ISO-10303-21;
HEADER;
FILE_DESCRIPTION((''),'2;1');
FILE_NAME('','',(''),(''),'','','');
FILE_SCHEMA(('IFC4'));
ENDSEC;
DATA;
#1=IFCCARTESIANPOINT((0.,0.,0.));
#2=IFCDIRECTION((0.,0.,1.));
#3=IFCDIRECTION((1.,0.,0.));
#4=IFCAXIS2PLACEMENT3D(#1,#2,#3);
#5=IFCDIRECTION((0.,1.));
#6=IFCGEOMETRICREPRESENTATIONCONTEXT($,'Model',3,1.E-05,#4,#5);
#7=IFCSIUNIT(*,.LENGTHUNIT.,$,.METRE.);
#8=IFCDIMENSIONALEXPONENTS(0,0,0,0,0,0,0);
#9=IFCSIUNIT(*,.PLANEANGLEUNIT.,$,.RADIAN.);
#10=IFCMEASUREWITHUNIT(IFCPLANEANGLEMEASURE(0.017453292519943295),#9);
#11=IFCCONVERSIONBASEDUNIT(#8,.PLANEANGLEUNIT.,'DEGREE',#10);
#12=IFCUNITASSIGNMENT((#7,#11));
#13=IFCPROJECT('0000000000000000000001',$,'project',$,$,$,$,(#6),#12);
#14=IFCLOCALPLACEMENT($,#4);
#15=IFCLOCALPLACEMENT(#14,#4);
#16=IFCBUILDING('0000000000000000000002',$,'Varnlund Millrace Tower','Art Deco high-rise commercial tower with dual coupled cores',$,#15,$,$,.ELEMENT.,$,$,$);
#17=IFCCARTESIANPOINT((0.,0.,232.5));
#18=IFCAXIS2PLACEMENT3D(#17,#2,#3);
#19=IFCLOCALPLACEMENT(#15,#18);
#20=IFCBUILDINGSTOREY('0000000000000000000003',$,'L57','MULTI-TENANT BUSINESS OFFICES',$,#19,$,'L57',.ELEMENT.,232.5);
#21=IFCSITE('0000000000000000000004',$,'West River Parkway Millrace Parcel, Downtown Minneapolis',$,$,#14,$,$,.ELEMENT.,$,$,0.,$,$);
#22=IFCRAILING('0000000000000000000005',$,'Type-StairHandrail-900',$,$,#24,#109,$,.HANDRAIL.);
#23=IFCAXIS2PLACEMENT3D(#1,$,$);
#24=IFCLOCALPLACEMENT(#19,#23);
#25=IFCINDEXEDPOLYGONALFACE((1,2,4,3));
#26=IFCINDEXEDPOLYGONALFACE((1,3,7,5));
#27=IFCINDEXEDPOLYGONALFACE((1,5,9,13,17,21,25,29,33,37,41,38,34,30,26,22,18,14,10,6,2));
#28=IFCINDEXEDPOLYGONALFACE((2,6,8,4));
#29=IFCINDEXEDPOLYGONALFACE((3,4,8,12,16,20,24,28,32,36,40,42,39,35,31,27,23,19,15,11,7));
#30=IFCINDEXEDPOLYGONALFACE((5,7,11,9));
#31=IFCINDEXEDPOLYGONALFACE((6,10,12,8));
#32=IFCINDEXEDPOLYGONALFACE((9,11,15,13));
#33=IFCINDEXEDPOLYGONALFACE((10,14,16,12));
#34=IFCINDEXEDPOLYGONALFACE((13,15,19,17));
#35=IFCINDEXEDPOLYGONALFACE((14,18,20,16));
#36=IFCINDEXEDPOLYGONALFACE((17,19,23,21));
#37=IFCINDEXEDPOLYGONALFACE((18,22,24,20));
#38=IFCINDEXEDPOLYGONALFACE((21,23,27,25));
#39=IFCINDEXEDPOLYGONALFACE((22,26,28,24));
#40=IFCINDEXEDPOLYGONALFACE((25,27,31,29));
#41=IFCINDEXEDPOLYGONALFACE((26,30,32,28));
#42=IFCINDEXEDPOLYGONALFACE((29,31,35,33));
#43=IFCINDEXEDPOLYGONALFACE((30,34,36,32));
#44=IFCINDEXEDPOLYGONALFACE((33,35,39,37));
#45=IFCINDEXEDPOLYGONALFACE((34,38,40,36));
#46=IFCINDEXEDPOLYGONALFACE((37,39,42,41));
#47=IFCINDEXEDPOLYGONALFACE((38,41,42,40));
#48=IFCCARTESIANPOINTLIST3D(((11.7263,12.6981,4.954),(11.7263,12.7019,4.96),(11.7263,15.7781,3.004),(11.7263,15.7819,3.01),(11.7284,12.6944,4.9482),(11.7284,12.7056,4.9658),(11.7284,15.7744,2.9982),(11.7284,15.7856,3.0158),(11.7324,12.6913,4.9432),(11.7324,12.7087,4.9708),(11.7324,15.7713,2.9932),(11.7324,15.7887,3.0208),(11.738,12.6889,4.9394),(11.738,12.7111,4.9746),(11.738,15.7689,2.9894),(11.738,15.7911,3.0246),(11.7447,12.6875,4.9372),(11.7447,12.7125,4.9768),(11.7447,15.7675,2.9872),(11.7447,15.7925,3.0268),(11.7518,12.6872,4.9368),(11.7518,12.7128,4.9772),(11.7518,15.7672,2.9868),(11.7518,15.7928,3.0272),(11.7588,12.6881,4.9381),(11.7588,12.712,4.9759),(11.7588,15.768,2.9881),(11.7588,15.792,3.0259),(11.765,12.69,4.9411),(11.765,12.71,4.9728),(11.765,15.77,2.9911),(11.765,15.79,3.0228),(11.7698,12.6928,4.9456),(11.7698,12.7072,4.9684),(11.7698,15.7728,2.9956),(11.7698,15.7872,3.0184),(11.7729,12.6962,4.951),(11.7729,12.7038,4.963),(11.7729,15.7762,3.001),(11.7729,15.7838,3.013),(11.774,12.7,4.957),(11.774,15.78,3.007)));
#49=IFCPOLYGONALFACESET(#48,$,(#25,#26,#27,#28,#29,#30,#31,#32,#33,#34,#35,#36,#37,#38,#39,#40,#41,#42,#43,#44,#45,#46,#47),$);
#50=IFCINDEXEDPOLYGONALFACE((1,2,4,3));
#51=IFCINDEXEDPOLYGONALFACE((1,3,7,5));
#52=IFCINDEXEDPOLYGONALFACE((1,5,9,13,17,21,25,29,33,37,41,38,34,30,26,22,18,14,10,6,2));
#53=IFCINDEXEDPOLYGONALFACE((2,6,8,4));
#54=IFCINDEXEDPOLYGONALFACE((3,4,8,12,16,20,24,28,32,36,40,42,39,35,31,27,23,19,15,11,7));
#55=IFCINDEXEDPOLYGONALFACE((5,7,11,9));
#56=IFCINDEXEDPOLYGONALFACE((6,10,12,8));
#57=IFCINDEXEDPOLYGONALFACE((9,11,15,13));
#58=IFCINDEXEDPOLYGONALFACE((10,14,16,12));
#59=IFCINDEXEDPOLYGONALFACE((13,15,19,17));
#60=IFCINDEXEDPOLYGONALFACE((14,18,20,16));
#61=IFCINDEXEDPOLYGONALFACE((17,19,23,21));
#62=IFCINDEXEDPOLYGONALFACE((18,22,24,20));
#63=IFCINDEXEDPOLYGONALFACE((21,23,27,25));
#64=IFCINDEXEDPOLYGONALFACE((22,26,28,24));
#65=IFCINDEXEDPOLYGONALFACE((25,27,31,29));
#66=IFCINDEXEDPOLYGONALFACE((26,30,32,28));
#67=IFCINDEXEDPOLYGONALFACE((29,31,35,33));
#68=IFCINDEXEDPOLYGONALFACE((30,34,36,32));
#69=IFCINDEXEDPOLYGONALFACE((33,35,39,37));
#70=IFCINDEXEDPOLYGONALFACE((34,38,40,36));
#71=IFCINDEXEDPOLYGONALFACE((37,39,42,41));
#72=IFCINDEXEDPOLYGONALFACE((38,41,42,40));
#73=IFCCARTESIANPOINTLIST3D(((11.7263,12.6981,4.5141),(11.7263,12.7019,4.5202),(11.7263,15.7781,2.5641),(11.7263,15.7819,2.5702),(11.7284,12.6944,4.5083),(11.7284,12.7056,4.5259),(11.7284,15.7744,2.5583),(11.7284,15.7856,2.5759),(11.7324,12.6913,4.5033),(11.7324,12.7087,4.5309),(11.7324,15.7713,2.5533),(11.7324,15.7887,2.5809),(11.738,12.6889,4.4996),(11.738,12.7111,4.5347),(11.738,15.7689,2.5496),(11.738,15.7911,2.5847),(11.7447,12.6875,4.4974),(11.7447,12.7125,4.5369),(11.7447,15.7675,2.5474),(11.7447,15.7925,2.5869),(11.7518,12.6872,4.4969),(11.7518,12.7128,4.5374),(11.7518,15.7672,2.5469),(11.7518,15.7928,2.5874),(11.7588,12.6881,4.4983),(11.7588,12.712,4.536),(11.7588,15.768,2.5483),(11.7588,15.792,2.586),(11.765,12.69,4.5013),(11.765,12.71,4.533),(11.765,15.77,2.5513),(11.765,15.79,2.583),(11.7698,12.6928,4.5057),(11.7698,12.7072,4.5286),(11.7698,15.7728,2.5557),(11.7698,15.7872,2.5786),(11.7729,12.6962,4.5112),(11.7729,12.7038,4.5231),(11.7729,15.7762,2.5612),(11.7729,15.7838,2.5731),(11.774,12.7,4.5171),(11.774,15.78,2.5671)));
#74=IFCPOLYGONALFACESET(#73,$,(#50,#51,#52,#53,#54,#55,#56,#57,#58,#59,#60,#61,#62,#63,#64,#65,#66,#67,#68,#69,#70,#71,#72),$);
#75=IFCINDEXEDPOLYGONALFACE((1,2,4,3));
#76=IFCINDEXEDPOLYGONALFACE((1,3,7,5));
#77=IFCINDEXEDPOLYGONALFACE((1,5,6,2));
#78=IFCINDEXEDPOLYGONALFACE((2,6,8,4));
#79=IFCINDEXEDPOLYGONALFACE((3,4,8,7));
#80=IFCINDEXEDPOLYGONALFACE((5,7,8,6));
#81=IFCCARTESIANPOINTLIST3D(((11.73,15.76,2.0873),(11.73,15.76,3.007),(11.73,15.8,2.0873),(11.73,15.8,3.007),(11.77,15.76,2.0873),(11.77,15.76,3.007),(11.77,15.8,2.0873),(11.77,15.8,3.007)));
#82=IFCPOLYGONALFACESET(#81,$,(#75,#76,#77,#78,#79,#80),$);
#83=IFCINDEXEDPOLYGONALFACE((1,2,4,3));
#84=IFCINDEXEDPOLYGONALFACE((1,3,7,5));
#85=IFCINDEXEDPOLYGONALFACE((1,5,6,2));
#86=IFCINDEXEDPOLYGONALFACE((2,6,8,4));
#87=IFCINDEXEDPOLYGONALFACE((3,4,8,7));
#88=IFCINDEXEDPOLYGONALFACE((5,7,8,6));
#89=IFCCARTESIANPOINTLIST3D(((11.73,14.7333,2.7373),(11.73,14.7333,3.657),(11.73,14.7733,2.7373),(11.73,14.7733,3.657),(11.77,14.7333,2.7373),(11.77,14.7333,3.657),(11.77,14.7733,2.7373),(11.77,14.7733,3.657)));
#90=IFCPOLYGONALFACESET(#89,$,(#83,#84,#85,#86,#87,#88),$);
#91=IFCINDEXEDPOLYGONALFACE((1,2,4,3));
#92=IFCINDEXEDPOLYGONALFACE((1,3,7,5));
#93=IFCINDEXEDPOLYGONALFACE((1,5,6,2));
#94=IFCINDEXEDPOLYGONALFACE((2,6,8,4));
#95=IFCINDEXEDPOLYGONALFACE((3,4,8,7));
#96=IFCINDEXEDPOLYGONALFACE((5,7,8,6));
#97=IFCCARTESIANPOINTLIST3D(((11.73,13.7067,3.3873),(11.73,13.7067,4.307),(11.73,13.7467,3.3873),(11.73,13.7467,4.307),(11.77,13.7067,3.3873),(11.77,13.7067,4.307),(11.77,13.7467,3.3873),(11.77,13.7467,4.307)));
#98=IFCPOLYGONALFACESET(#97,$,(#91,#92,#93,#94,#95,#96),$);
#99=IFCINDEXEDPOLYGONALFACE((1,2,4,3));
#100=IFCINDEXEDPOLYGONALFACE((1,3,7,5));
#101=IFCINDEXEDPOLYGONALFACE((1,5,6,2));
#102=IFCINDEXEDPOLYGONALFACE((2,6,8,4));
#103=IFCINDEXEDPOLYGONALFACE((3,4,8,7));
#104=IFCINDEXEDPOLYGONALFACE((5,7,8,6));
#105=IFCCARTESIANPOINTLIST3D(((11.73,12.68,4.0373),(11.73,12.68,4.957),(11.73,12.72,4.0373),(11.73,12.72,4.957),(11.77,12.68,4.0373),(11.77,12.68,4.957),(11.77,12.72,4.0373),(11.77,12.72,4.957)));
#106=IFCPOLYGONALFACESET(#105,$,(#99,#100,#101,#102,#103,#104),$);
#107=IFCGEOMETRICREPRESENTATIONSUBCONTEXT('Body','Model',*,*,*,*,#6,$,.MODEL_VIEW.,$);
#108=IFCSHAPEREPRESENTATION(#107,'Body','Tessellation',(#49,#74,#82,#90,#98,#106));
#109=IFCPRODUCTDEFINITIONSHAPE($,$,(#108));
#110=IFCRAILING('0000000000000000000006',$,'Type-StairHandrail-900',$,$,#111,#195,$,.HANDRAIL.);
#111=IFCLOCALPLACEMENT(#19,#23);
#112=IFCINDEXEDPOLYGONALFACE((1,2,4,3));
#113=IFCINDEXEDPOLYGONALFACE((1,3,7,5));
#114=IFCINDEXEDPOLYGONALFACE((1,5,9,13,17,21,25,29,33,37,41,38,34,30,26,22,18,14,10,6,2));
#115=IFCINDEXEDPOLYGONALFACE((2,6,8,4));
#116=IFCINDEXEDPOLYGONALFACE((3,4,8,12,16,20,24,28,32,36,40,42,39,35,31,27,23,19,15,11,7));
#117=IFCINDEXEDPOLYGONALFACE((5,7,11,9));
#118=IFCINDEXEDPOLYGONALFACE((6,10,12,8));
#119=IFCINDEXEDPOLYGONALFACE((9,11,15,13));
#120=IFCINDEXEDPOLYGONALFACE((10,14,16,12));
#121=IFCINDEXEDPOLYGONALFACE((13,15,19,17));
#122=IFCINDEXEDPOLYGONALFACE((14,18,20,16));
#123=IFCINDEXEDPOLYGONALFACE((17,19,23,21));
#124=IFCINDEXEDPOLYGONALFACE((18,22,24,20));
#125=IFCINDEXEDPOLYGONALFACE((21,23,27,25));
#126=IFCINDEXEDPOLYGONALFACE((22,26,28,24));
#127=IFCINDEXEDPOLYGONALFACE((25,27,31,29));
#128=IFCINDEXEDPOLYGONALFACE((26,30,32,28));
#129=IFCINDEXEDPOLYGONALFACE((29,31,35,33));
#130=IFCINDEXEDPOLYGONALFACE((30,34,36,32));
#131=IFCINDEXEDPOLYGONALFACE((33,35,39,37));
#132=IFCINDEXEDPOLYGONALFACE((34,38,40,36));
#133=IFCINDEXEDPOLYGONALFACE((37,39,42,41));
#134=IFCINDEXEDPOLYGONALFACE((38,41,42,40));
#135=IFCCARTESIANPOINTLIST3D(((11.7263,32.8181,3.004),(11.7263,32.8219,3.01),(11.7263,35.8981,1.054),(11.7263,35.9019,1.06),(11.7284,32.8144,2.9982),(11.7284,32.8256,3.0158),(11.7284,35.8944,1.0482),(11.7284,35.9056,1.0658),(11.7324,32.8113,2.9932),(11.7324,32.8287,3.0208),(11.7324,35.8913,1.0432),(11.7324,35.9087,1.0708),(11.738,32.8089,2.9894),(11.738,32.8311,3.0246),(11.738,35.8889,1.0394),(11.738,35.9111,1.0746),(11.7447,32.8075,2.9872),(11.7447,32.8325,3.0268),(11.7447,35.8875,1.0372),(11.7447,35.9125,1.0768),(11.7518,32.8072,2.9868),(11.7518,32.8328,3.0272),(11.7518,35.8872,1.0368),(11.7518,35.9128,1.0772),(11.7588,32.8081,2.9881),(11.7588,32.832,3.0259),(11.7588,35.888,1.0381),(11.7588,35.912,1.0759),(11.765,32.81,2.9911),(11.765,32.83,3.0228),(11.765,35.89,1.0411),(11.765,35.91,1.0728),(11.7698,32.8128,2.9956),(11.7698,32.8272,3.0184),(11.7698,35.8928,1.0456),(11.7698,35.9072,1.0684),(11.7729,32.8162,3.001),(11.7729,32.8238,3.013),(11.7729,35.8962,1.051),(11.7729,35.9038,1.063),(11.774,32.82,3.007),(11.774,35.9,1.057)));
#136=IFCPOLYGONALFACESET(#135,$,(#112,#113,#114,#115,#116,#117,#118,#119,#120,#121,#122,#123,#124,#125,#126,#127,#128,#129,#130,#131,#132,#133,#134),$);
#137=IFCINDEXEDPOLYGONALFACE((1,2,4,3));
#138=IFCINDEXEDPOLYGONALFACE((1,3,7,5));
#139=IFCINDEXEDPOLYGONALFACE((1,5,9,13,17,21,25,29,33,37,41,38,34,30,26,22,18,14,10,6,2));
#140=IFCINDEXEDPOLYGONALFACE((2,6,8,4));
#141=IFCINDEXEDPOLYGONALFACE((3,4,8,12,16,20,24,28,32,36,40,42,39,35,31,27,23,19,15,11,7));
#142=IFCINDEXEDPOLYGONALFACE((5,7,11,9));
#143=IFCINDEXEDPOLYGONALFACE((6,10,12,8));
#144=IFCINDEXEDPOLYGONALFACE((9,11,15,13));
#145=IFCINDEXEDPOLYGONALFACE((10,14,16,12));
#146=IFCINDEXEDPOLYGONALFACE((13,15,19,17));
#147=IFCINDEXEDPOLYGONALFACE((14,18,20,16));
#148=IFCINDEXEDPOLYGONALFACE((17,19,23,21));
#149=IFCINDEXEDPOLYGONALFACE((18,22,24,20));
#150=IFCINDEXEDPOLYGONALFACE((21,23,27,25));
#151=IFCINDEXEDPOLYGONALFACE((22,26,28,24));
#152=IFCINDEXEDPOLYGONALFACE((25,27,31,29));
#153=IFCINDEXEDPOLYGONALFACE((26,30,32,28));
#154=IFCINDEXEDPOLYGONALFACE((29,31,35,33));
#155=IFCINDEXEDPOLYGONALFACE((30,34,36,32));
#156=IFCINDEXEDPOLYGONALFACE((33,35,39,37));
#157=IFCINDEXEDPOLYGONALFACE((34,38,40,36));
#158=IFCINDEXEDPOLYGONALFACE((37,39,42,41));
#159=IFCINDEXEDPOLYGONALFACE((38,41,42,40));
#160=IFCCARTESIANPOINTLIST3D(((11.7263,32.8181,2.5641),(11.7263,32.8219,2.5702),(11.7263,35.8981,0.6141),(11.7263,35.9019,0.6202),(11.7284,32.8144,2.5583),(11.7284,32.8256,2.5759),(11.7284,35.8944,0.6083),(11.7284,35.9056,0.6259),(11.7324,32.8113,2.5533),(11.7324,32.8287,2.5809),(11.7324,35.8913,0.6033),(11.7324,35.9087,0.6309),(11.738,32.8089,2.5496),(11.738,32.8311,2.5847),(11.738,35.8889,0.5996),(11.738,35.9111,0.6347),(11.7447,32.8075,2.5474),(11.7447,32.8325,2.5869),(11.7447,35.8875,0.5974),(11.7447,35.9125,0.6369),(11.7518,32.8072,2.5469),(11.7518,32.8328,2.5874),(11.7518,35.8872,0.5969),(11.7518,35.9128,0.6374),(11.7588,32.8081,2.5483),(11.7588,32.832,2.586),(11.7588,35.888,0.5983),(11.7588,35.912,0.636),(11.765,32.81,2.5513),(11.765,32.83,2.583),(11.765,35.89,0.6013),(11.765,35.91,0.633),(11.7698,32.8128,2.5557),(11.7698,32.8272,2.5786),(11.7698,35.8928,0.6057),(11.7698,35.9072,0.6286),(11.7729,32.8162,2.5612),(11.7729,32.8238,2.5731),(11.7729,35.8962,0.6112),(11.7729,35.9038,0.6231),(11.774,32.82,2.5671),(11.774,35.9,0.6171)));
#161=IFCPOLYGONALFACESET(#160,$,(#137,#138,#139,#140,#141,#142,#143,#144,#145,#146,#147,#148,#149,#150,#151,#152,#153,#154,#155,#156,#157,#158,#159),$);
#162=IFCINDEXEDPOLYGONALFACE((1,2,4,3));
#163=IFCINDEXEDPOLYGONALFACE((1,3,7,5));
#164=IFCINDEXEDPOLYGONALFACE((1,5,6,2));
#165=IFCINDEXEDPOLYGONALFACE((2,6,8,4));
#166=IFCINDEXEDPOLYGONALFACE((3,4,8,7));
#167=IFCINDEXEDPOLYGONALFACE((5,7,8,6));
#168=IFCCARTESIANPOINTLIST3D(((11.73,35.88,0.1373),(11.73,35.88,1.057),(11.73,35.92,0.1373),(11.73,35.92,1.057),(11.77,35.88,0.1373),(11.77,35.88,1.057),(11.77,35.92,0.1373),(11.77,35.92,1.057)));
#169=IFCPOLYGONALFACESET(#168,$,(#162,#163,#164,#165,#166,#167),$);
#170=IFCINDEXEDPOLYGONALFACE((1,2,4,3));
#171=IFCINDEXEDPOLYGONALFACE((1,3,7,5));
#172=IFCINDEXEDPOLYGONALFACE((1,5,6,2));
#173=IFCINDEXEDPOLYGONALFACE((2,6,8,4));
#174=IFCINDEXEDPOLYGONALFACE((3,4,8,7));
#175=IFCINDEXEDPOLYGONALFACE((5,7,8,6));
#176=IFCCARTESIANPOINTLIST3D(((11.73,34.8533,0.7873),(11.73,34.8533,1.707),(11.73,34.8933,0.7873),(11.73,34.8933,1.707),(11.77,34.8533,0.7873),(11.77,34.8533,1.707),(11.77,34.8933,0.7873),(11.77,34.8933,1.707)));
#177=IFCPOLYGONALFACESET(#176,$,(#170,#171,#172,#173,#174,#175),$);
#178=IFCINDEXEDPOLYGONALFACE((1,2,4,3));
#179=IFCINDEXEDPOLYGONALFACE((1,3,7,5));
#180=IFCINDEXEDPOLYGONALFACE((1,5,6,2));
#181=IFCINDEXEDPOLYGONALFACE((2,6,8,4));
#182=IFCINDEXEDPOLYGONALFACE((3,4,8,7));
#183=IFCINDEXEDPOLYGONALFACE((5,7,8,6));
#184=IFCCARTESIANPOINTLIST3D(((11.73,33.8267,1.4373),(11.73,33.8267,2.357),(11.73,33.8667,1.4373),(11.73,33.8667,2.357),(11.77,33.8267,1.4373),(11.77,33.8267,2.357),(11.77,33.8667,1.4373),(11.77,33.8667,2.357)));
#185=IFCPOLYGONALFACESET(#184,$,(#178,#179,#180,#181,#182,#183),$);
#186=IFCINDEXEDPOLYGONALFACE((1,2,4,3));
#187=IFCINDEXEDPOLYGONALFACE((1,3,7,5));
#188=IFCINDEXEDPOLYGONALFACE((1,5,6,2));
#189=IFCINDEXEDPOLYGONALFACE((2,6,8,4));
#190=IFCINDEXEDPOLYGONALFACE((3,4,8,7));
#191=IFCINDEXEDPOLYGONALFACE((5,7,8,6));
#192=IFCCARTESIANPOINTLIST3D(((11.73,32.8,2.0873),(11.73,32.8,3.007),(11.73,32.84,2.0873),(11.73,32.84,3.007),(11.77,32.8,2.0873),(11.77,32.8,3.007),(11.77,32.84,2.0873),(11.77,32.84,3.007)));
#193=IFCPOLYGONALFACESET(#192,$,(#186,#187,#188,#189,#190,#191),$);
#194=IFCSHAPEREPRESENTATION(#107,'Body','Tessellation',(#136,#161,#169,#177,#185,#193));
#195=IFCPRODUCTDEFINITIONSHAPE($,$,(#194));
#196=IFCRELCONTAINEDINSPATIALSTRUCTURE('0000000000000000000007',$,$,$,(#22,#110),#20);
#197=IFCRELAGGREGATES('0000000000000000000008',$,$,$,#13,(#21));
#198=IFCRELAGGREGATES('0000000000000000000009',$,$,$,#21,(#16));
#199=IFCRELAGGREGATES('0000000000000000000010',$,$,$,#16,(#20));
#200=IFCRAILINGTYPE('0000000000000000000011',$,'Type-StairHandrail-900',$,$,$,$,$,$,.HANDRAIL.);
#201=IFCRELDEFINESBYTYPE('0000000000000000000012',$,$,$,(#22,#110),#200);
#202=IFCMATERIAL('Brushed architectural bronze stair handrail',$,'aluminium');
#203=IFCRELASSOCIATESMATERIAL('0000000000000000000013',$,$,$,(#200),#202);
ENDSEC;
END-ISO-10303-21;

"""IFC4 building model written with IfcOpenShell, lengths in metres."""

from ifc_helpers import new_model, entity, si_unit, converted_unit, direction, frame, origin_with_axes, origin_2d_with_axis, place, context, subcontext, project, spatial, rectangle, circle, extrude, material, type_object, element, save


model = new_model("IFC4")

# Units and contexts
model_context = context("Model", 3, precision=1e-05, world=origin_with_axes(), true_north=direction((0.0, 1.0)))
body_context = subcontext(model_context, "Body", "Model", "MODEL_VIEW")
ifc_project = project(units=[si_unit("LENGTHUNIT", "METRE"), converted_unit("PLANEANGLEUNIT", "DEGREE", entity("IfcPlaneAngleMeasure", 0.017453292519943295), si_unit("PLANEANGLEUNIT", "RADIAN"), dimensions=[0, 0, 0, 0, 0, 0, 0])], contexts=[model_context])

# Site, building, storey
site_placement = place(None, origin_with_axes())
site = spatial("IfcSite", under=ifc_project, at=site_placement, Name="West River Parkway Millrace Parcel, Downtown Minneapolis", CompositionType="ELEMENT", RefElevation=0.0)
building_placement = place(site_placement, origin_with_axes())
building = spatial("IfcBuilding", under=site, at=building_placement, Name="Varnlund Millrace Tower", Description="Art Deco high-rise commercial tower with dual coupled cores", CompositionType="ELEMENT")
storey_placement = place(building_placement, frame((0.0, 0.0, 232.5), z_axis=(0.0, 0.0, 1.0), x_axis=(1.0, 0.0, 0.0)))
storey = spatial("IfcBuildingStorey", under=building, at=storey_placement, Name="L57", Description="MULTI-TENANT BUSINESS OFFICES", LongName="L57", CompositionType="ELEMENT", Elevation=232.5)

# Railings
ifc_material_1 = material(Name="Brushed architectural bronze stair handrail", Category="aluminium")
railing_type_1 = type_object("IfcRailingType", Name="Type-StairHandrail-900", PredefinedType="HANDRAIL", material=ifc_material_1)
railing_1_placement = place(storey_placement, frame((0.0, 0.0, -232.5), z_axis=(0.0, 0.0, 1.0), x_axis=(1.0, 0.0, 0.0)))
element("IfcRailing", 1, at=railing_1_placement, inside=storey, type_object=railing_type_1, Name="Type-StairHandrail-900", PredefinedType="HANDRAIL", context=body_context, shape_type="SweptSolid", body=[
    extrude(circle(Radius=0.024, at=origin_2d_with_axis()), frame((11.75, 15.78, 235.507), z_axis=(0.0, -0.844902, 0.534922), x_axis=(1.0, 0.0, 0.0)), (0.0, 0.0, 1.0), 3.6454),
    extrude(circle(Radius=0.024, at=origin_2d_with_axis()), frame((11.75, 15.78, 235.0671), z_axis=(0.0, -0.844902, 0.534922), x_axis=(1.0, 0.0, 0.0)), (0.0, 0.0, 1.0), 3.6454),
    extrude(rectangle(XDim=0.04, YDim=0.04, at=origin_2d_with_axis()), frame((11.75, 15.78, 234.5873), z_axis=(0.0, 0.0, 1.0), x_axis=(1.0, 0.0, 0.0)), (0.0, 0.0, 1.0), 0.9197),
    extrude(rectangle(XDim=0.04, YDim=0.04, at=origin_2d_with_axis()), frame((11.75, 14.7533, 235.2373), z_axis=(0.0, 0.0, 1.0), x_axis=(1.0, 0.0, 0.0)), (0.0, 0.0, 1.0), 0.9197),
    extrude(rectangle(XDim=0.04, YDim=0.04, at=origin_2d_with_axis()), frame((11.75, 13.7267, 235.8873), z_axis=(0.0, 0.0, 1.0), x_axis=(1.0, 0.0, 0.0)), (0.0, 0.0, 1.0), 0.9197),
    extrude(rectangle(XDim=0.04, YDim=0.04, at=origin_2d_with_axis()), frame((11.75, 12.7, 236.5373), z_axis=(0.0, 0.0, 1.0), x_axis=(1.0, 0.0, 0.0)), (0.0, 0.0, 1.0), 0.9197),
])
railing_2_placement = place(storey_placement, frame((0.0, 0.0, -232.5), z_axis=(0.0, 0.0, 1.0), x_axis=(1.0, 0.0, 0.0)))
element("IfcRailing", 2, at=railing_2_placement, inside=storey, type_object=railing_type_1, Name="Type-StairHandrail-900", PredefinedType="HANDRAIL", context=body_context, shape_type="SweptSolid", body=[
    extrude(circle(Radius=0.024, at=origin_2d_with_axis()), frame((11.75, 35.9, 233.557), z_axis=(0.0, -0.844902, 0.534922), x_axis=(1.0, 0.0, 0.0)), (0.0, 0.0, 1.0), 3.6454),
    extrude(circle(Radius=0.024, at=origin_2d_with_axis()), frame((11.75, 35.9, 233.1171), z_axis=(0.0, -0.844902, 0.534922), x_axis=(1.0, 0.0, 0.0)), (0.0, 0.0, 1.0), 3.6454),
    extrude(rectangle(XDim=0.04, YDim=0.04, at=origin_2d_with_axis()), frame((11.75, 35.9, 232.6373), z_axis=(0.0, 0.0, 1.0), x_axis=(1.0, 0.0, 0.0)), (0.0, 0.0, 1.0), 0.9197),
    extrude(rectangle(XDim=0.04, YDim=0.04, at=origin_2d_with_axis()), frame((11.75, 34.8733, 233.2873), z_axis=(0.0, 0.0, 1.0), x_axis=(1.0, 0.0, 0.0)), (0.0, 0.0, 1.0), 0.9197),
    extrude(rectangle(XDim=0.04, YDim=0.04, at=origin_2d_with_axis()), frame((11.75, 33.8467, 233.9373), z_axis=(0.0, 0.0, 1.0), x_axis=(1.0, 0.0, 0.0)), (0.0, 0.0, 1.0), 0.9197),
    extrude(rectangle(XDim=0.04, YDim=0.04, at=origin_2d_with_axis()), frame((11.75, 32.82, 234.5873), z_axis=(0.0, 0.0, 1.0), x_axis=(1.0, 0.0, 0.0)), (0.0, 0.0, 1.0), 0.9197),
])

save(model, "model.ifc")
